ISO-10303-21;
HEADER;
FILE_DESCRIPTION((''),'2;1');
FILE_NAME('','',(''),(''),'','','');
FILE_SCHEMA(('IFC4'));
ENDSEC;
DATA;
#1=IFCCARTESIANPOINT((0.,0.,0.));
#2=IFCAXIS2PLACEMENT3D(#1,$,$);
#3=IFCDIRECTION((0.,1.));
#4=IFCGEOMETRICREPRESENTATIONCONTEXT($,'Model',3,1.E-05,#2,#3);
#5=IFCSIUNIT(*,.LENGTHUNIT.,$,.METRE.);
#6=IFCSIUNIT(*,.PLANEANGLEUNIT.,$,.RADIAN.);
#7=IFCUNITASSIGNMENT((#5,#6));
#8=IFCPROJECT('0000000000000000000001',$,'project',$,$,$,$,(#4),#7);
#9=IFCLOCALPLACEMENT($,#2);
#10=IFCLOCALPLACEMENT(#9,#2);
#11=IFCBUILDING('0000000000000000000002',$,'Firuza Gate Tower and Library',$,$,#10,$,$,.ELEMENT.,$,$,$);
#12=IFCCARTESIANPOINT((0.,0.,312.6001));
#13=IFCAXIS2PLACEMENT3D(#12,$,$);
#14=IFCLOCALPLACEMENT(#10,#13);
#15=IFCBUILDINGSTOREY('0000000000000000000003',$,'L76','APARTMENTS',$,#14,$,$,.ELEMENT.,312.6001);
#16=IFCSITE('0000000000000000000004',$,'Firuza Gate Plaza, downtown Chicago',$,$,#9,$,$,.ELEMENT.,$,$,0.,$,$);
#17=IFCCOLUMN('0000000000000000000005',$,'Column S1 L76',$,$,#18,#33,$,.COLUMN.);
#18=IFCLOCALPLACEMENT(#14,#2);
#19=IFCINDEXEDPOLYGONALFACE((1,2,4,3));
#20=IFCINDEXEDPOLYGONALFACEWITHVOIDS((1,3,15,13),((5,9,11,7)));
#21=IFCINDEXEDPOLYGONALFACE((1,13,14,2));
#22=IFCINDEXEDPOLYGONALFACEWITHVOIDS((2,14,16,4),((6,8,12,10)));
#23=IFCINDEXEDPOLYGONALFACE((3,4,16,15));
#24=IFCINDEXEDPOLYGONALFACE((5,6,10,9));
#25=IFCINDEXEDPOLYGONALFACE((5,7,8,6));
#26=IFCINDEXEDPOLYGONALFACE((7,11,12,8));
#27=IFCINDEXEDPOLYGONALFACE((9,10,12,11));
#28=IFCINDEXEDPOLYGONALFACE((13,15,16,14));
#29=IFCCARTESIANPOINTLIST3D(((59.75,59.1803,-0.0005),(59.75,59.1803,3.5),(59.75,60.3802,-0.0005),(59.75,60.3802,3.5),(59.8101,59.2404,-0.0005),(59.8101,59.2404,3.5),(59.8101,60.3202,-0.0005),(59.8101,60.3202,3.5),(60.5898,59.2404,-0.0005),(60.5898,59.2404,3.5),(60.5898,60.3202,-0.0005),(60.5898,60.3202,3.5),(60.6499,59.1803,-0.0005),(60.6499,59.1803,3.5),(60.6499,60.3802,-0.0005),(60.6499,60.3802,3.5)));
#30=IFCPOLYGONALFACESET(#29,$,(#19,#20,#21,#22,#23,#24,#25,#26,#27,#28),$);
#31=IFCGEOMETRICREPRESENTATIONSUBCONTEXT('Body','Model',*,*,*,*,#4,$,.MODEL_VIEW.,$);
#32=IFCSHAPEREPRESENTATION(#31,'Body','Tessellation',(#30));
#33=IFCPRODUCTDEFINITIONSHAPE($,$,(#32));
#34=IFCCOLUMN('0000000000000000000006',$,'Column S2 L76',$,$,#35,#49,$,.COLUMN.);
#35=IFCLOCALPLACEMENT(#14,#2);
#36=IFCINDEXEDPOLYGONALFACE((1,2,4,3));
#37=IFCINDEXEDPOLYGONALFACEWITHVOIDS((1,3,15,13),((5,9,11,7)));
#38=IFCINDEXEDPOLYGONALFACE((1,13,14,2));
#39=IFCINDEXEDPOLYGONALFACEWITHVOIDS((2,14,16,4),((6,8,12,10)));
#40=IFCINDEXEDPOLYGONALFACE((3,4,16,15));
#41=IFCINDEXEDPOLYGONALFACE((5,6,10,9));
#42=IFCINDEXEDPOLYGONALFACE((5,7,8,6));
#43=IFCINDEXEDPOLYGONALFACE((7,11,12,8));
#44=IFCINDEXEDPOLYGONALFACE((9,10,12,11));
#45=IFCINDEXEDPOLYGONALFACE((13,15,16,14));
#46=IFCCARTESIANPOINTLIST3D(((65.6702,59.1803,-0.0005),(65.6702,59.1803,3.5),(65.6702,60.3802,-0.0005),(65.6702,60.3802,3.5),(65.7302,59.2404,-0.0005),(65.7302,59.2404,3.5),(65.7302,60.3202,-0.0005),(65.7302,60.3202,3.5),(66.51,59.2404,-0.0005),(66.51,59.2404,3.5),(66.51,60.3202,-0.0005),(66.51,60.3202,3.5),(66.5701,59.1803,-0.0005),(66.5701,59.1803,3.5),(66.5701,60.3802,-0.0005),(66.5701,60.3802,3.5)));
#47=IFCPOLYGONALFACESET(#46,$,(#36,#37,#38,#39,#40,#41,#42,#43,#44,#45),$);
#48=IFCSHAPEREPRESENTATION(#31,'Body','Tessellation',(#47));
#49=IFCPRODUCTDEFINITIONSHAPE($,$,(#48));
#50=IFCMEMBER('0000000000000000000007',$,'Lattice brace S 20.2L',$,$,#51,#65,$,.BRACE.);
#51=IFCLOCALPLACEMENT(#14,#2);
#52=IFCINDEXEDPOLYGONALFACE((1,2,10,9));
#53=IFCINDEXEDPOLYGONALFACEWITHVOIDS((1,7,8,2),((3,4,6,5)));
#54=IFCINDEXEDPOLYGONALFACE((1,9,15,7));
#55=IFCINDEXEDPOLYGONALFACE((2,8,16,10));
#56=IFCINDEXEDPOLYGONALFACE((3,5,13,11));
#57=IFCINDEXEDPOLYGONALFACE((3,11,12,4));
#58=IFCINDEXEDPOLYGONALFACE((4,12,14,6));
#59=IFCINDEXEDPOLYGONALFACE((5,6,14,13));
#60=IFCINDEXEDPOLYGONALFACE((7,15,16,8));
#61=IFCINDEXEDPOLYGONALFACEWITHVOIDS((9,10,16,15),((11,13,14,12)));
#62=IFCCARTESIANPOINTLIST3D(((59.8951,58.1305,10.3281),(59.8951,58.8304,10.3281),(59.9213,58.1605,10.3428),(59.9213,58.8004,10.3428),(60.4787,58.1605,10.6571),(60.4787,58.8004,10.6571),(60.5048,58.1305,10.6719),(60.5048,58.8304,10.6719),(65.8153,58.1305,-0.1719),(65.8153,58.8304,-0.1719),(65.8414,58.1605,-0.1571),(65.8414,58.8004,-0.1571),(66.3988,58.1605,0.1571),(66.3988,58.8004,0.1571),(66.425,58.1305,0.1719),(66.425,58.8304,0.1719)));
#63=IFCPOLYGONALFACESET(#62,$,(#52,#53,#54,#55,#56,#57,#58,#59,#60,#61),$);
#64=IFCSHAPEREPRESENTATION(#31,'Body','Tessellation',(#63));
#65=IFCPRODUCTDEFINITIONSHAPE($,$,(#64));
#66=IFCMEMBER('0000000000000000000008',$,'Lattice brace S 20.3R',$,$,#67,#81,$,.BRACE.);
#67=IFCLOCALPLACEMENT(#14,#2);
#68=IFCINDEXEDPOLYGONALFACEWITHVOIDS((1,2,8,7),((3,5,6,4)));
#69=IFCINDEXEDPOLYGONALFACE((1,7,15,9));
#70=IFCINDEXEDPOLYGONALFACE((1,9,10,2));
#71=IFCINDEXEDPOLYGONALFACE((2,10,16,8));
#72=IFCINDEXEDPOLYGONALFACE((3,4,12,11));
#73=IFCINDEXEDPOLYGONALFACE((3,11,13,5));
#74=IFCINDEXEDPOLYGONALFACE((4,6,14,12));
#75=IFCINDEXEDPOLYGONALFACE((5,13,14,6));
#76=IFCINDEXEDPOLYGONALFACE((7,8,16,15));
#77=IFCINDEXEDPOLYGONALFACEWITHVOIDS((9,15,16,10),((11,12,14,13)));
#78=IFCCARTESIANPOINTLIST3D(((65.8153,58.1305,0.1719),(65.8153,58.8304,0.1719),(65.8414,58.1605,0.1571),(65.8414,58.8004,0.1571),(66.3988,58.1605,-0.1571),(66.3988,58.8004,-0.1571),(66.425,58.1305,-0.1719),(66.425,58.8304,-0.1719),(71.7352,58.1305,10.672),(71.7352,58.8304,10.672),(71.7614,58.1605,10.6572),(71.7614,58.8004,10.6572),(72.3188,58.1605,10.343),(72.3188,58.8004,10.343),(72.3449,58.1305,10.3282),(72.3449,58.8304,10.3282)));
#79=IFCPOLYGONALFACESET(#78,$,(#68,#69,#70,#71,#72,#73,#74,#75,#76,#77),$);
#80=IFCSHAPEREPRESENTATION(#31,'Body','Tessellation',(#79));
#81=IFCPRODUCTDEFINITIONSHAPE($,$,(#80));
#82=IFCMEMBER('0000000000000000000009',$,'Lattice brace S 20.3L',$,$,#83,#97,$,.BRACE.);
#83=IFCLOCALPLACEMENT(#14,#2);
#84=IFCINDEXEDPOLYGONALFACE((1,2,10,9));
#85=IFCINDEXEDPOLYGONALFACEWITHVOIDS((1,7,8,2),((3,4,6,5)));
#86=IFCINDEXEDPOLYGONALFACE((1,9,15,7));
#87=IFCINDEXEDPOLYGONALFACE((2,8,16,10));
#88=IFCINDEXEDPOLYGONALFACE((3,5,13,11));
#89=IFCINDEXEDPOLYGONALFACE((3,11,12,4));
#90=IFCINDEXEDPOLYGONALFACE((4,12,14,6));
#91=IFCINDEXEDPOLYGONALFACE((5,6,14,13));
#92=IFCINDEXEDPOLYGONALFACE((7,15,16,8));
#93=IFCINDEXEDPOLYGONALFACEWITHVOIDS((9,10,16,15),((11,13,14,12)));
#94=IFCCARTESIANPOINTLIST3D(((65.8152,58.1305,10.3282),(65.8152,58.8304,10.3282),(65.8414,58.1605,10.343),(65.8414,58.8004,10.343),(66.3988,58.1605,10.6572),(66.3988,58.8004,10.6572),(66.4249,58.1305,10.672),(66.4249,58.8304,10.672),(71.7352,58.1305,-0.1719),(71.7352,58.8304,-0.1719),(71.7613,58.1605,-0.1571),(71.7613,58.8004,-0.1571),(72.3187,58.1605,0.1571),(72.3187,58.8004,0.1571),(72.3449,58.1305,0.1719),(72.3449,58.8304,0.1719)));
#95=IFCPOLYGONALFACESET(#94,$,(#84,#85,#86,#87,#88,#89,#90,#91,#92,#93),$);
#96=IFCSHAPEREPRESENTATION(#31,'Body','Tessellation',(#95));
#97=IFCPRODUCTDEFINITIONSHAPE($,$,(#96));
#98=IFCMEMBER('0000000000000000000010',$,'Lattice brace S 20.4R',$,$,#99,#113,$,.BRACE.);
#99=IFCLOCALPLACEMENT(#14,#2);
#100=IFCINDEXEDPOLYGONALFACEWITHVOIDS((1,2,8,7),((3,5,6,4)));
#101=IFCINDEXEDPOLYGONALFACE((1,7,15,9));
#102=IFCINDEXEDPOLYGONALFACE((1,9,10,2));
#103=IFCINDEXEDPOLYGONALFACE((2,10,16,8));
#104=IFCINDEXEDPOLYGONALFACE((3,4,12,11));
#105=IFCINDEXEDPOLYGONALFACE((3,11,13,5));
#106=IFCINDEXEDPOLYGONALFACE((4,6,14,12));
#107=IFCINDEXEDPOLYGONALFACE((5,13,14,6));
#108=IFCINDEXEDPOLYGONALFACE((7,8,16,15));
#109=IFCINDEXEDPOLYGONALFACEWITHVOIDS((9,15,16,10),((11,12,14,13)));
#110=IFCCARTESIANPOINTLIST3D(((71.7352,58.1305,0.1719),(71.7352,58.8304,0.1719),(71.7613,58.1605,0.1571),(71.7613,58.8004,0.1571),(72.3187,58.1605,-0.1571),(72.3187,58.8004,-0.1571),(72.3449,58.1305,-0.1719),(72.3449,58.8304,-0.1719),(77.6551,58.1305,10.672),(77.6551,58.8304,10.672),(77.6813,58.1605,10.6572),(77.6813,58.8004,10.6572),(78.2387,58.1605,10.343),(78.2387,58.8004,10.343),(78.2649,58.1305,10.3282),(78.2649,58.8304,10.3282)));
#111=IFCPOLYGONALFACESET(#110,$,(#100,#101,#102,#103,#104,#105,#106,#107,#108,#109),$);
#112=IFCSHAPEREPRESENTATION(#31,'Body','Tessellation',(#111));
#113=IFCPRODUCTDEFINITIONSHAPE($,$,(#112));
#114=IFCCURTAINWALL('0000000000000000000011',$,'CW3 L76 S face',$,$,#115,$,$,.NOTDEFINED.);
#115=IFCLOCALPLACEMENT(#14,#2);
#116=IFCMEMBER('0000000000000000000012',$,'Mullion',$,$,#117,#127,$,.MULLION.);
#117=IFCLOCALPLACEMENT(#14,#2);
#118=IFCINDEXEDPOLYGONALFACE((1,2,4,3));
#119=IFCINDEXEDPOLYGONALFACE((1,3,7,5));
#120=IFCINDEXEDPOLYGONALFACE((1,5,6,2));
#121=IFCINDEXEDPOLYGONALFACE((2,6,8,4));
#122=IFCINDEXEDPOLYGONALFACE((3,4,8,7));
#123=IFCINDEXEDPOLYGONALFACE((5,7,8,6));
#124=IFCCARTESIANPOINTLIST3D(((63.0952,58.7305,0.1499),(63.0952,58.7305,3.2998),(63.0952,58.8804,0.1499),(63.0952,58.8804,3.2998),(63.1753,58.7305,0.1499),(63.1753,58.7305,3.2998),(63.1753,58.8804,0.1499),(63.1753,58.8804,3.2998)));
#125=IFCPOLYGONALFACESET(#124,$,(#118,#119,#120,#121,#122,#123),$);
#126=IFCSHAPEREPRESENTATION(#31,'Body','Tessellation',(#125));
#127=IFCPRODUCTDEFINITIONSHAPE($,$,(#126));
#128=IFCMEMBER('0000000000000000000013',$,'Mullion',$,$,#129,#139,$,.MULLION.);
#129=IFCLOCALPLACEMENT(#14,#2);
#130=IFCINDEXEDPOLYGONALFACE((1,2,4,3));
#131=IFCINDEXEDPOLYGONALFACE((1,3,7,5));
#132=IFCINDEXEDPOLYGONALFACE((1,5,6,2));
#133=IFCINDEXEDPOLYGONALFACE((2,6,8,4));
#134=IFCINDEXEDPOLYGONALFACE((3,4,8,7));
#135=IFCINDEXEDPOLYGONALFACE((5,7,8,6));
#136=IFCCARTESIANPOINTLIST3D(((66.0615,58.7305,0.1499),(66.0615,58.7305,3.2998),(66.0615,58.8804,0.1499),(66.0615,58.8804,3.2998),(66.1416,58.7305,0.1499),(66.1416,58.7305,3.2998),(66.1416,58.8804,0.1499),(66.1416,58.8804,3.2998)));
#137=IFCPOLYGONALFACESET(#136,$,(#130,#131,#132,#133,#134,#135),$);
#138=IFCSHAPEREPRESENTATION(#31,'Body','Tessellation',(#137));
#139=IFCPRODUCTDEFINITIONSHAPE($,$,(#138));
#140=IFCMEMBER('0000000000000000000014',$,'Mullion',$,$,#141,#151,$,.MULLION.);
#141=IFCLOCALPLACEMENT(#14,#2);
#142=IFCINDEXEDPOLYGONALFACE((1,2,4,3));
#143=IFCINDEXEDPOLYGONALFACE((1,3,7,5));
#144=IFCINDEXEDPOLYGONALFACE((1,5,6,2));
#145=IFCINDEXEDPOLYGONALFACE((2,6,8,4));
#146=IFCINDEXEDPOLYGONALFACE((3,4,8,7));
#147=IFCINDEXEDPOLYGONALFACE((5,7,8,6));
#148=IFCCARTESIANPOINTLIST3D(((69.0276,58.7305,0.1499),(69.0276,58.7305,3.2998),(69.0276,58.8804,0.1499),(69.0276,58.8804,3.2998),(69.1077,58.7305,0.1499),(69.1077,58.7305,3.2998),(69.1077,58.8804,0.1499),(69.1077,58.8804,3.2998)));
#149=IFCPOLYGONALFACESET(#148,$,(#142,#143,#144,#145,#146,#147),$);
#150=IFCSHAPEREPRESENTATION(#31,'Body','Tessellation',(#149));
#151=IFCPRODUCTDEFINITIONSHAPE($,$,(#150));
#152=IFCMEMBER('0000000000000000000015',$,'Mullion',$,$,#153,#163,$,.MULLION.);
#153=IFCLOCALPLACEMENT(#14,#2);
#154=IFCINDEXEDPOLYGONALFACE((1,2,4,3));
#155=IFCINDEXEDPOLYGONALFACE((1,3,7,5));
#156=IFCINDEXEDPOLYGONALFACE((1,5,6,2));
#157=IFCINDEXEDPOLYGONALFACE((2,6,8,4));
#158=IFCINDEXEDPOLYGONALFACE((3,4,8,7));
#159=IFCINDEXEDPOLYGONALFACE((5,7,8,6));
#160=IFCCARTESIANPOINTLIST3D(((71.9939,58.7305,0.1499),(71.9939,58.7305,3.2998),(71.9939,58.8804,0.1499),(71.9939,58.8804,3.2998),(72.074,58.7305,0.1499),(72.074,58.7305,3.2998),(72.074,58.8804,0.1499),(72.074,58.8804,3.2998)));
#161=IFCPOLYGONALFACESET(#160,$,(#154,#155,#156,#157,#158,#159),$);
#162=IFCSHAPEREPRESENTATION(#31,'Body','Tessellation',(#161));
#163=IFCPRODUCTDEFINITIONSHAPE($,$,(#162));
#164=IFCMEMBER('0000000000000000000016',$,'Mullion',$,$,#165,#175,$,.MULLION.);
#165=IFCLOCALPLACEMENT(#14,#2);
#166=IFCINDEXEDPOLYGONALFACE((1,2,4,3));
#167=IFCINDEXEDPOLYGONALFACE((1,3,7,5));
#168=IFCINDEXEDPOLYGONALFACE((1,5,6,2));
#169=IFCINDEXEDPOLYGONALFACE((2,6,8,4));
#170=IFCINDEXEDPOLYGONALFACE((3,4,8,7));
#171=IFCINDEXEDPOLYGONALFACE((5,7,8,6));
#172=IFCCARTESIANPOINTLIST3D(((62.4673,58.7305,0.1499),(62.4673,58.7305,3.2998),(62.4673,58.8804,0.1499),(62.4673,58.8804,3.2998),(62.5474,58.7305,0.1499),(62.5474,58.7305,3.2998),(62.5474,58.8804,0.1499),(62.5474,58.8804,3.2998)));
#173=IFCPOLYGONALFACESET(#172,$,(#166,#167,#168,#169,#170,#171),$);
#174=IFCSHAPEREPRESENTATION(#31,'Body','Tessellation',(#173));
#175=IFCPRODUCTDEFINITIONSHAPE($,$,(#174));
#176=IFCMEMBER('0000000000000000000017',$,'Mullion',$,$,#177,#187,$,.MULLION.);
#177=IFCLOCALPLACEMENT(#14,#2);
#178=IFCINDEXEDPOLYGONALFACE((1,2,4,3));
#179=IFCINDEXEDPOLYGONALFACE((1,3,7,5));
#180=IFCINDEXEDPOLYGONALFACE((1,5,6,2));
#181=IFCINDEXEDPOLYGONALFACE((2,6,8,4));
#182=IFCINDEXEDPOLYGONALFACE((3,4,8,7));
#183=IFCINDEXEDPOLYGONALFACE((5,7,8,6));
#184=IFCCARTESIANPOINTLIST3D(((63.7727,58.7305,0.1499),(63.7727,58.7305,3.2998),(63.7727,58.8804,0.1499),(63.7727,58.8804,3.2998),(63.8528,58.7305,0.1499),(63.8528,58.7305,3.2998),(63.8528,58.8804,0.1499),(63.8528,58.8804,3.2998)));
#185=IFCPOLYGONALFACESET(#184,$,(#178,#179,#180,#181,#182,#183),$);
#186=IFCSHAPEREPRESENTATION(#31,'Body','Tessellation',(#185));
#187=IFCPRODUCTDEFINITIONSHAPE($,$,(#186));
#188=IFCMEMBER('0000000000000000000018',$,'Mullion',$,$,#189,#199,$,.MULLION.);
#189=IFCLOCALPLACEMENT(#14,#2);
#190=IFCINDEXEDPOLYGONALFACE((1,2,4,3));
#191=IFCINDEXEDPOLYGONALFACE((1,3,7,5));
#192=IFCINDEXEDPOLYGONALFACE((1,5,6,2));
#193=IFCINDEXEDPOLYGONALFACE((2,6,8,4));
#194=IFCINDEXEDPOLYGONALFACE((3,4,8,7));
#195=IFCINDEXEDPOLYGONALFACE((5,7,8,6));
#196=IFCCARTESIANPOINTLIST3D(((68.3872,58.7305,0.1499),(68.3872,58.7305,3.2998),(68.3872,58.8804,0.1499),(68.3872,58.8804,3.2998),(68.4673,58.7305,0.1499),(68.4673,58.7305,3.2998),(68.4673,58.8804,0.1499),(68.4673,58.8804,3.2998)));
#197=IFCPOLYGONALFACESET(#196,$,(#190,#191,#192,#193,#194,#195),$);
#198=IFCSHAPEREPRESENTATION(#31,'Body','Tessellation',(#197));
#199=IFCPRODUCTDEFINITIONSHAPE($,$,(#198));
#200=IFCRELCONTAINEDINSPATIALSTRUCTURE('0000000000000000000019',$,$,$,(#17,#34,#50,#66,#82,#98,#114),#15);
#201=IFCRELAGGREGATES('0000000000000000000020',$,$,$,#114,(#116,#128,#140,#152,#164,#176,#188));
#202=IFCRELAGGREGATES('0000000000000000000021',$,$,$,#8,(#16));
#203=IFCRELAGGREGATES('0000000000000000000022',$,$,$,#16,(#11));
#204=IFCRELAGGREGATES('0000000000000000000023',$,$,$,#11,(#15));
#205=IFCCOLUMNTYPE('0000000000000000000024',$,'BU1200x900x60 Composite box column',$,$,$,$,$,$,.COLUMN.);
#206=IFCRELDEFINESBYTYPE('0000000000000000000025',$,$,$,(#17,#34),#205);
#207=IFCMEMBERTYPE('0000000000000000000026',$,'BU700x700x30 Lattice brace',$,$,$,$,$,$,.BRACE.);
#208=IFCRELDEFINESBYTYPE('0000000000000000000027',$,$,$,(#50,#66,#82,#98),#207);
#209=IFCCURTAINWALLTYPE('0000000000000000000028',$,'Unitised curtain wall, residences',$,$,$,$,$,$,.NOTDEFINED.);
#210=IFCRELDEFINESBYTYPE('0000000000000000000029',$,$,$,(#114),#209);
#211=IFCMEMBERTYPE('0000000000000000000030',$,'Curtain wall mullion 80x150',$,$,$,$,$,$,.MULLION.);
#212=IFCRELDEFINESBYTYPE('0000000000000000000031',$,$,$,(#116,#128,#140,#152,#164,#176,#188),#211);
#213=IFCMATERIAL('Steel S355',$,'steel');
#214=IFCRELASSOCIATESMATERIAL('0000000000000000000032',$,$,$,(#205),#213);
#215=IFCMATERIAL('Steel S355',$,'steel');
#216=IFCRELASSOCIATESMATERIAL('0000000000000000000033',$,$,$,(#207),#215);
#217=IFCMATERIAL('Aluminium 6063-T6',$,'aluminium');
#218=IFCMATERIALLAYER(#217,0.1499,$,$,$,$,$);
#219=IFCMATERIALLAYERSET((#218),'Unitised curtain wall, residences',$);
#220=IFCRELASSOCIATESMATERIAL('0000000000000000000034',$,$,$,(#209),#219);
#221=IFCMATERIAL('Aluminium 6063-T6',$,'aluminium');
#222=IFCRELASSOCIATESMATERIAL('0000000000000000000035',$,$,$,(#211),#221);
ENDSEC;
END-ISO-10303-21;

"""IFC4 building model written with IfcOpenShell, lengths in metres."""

from ifc_helpers import new_model, si_unit, direction, frame, origin, origin_2d, place, context, subcontext, project, spatial, rectangle, hollow_rectangle, extrude, material, layer, layer_set, material_profile, profile_set, type_object, element, aggregate, save


model = new_model("IFC4")

# Units and contexts
model_context = context("Model", 3, precision=1e-05, world=origin(), true_north=direction((0.0, 1.0)))
body_context = subcontext(model_context, "Body", "Model", "MODEL_VIEW")
ifc_project = project(units=[si_unit("LENGTHUNIT", "METRE"), si_unit("PLANEANGLEUNIT", "RADIAN")], contexts=[model_context])

# Site, building, storey
site_placement = place(None, origin())
site = spatial("IfcSite", under=ifc_project, at=site_placement, Name="Firuza Gate Plaza, downtown Chicago", CompositionType="ELEMENT", RefElevation=0.0)
building_placement = place(site_placement, origin())
building = spatial("IfcBuilding", under=site, at=building_placement, Name="Firuza Gate Tower and Library", CompositionType="ELEMENT")
storey_placement = place(building_placement, frame((0.0, 0.0, 312.6001)))
storey = spatial("IfcBuildingStorey", under=building, at=storey_placement, Name="L76", Description="APARTMENTS", CompositionType="ELEMENT", Elevation=312.6001)

# Columns
ifc_material_1 = material(Name="Steel S355", Category="steel")
ifc_material_profile_1 = material_profile(ifc_material_1, hollow_rectangle(XDim=0.8999, YDim=1.2, WallThickness=0.0601, at=origin_2d()))
ifc_profile_set_1 = profile_set([ifc_material_profile_1], Name="Steel S355")
column_type = type_object("IfcColumnType", Name="BU1200x900x60 Composite box column", PredefinedType="COLUMN", material=ifc_profile_set_1)
for number, where, z_axis, x_axis, name in (
    (1, (60.2, 59.7803, -0.0005), (0.0, 0.0, 1.0), (1.0, 0.0, 0.0), "Column S1 L76"),
    (2, (66.1201, 59.7803, -0.0005), (0.0, 0.0, 1.0), (1.0, 0.0, 0.0), "Column S2 L76"),
):
    element("IfcColumn", number, at=place(storey_placement, frame(where, z_axis=z_axis, x_axis=x_axis)), inside=storey, type_object=column_type, Name=name, PredefinedType="COLUMN", context=body_context, shape_type="SweptSolid", body=[
        extrude(hollow_rectangle(XDim=0.8999, YDim=1.2, WallThickness=0.0601, at=origin_2d()), origin(), (0.0, 0.0, 1.0), 3.5005),
    ])

# Members
ifc_material_2 = material(Name="Steel S355", Category="steel")
ifc_material_profile_2 = material_profile(ifc_material_2, hollow_rectangle(XDim=0.7, YDim=0.7, WallThickness=0.03, at=origin_2d()))
ifc_profile_set_2 = profile_set([ifc_material_profile_2], Name="Steel S355")
member_type_1 = type_object("IfcMemberType", Name="BU700x700x30 Lattice brace", PredefinedType="BRACE", material=ifc_profile_set_2)
for number, where, z_axis, x_axis, name in (
    (3, (66.1201, 58.4805, 0.0), (-0.491138, 0.0, 0.871082), (0.0, -1.0, 0.0), "Lattice brace S 20.2L"),
    (4, (66.1201, 58.4805, 0.0), (0.491123, 0.0, 0.87109), (0.0, 1.0, 0.0), "Lattice brace S 20.3R"),
    (5, (72.04, 58.4805, 0.0), (-0.491123, 0.0, 0.87109), (0.0, -1.0, 0.0), "Lattice brace S 20.3L"),
    (6, (72.04, 58.4805, 0.0), (0.491123, 0.0, 0.87109), (0.0, 1.0, 0.0), "Lattice brace S 20.4R"),
):
    element("IfcMember", number, at=place(storey_placement, frame(where, z_axis=z_axis, x_axis=x_axis)), inside=storey, type_object=member_type_1, Name=name, PredefinedType="BRACE", context=body_context, shape_type="SweptSolid", body=[
        extrude(hollow_rectangle(XDim=0.7, YDim=0.7, WallThickness=0.03, at=origin_2d()), origin(), (0.0, 0.0, 1.0), 12.054),
    ])

# Curtain wall, members
ifc_material_3 = material(Name="Aluminium 6063-T6", Category="aluminium")
ifc_layer_1 = layer(ifc_material_3, 0.1499)
ifc_layer_set_1 = layer_set([ifc_layer_1], Name="Unitised curtain wall, residences")
curtain_wall_type = type_object("IfcCurtainWallType", Name="Unitised curtain wall, residences", PredefinedType="NOTDEFINED", material=ifc_layer_set_1)
curtain_wall_placement = place(storey_placement, origin())
curtain_wall = element("IfcCurtainWall", 7, at=curtain_wall_placement, inside=storey, type_object=curtain_wall_type, Name="CW3 L76 S face", PredefinedType="NOTDEFINED")
ifc_material_4 = material(Name="Aluminium 6063-T6", Category="aluminium")
ifc_material_profile_3 = material_profile(ifc_material_4, rectangle(XDim=0.1499, YDim=0.0801, at=origin_2d()))
ifc_profile_set_3 = profile_set([ifc_material_profile_3], Name="Aluminium 6063-T6")
member_type_2 = type_object("IfcMemberType", Name="Curtain wall mullion 80x150", PredefinedType="MULLION", material=ifc_profile_set_3)
member_1_placement = place(storey_placement, frame((63.1353, 58.8054, 0.1499), z_axis=(0.0, 0.0, 1.0), x_axis=(0.0, 1.0, 0.0)))
member_1 = element("IfcMember", 8, at=member_1_placement, type_object=member_type_2, Name="Mullion", PredefinedType="MULLION", context=body_context, shape_type="SweptSolid", body=[
    extrude(rectangle(XDim=0.1499, YDim=0.0801, at=origin_2d()), origin(), (0.0, 0.0, 1.0), 3.1499),
])
member_2_placement = place(storey_placement, frame((66.1016, 58.8054, 0.1499), z_axis=(0.0, 0.0, 1.0), x_axis=(0.0, 1.0, 0.0)))
member_2 = element("IfcMember", 9, at=member_2_placement, type_object=member_type_2, Name="Mullion", PredefinedType="MULLION", context=body_context, shape_type="SweptSolid", body=[
    extrude(rectangle(XDim=0.1499, YDim=0.0801, at=origin_2d()), origin(), (0.0, 0.0, 1.0), 3.1499),
])
member_3_placement = place(storey_placement, frame((69.0676, 58.8054, 0.1499), z_axis=(0.0, 0.0, 1.0), x_axis=(0.0, 1.0, 0.0)))
member_3 = element("IfcMember", 10, at=member_3_placement, type_object=member_type_2, Name="Mullion", PredefinedType="MULLION", context=body_context, shape_type="SweptSolid", body=[
    extrude(rectangle(XDim=0.1499, YDim=0.0801, at=origin_2d()), origin(), (0.0, 0.0, 1.0), 3.1499),
])
member_4_placement = place(storey_placement, frame((72.0339, 58.8054, 0.1499), z_axis=(0.0, 0.0, 1.0), x_axis=(0.0, 1.0, 0.0)))
member_4 = element("IfcMember", 11, at=member_4_placement, type_object=member_type_2, Name="Mullion", PredefinedType="MULLION", context=body_context, shape_type="SweptSolid", body=[
    extrude(rectangle(XDim=0.1499, YDim=0.0801, at=origin_2d()), origin(), (0.0, 0.0, 1.0), 3.1499),
])
member_5_placement = place(storey_placement, frame((62.5073, 58.8054, 0.1499), z_axis=(0.0, 0.0, 1.0), x_axis=(0.0, 1.0, 0.0)))
member_5 = element("IfcMember", 12, at=member_5_placement, type_object=member_type_2, Name="Mullion", PredefinedType="MULLION", context=body_context, shape_type="SweptSolid", body=[
    extrude(rectangle(XDim=0.1499, YDim=0.0801, at=origin_2d()), origin(), (0.0, 0.0, 1.0), 3.1499),
])
member_6_placement = place(storey_placement, frame((63.8127, 58.8054, 0.1499), z_axis=(0.0, 0.0, 1.0), x_axis=(0.0, 1.0, 0.0)))
member_6 = element("IfcMember", 13, at=member_6_placement, type_object=member_type_2, Name="Mullion", PredefinedType="MULLION", context=body_context, shape_type="SweptSolid", body=[
    extrude(rectangle(XDim=0.1499, YDim=0.0801, at=origin_2d()), origin(), (0.0, 0.0, 1.0), 3.1499),
])
member_7_placement = place(storey_placement, frame((68.4272, 58.8054, 0.1499), z_axis=(0.0, 0.0, 1.0), x_axis=(0.0, 1.0, 0.0)))
member_7 = element("IfcMember", 14, at=member_7_placement, type_object=member_type_2, Name="Mullion", PredefinedType="MULLION", context=body_context, shape_type="SweptSolid", body=[
    extrude(rectangle(XDim=0.1499, YDim=0.0801, at=origin_2d()), origin(), (0.0, 0.0, 1.0), 3.1499),
])

aggregate(curtain_wall, [member_1, member_2, member_3, member_4, member_5, member_6, member_7])

save(model, "model.ifc")
